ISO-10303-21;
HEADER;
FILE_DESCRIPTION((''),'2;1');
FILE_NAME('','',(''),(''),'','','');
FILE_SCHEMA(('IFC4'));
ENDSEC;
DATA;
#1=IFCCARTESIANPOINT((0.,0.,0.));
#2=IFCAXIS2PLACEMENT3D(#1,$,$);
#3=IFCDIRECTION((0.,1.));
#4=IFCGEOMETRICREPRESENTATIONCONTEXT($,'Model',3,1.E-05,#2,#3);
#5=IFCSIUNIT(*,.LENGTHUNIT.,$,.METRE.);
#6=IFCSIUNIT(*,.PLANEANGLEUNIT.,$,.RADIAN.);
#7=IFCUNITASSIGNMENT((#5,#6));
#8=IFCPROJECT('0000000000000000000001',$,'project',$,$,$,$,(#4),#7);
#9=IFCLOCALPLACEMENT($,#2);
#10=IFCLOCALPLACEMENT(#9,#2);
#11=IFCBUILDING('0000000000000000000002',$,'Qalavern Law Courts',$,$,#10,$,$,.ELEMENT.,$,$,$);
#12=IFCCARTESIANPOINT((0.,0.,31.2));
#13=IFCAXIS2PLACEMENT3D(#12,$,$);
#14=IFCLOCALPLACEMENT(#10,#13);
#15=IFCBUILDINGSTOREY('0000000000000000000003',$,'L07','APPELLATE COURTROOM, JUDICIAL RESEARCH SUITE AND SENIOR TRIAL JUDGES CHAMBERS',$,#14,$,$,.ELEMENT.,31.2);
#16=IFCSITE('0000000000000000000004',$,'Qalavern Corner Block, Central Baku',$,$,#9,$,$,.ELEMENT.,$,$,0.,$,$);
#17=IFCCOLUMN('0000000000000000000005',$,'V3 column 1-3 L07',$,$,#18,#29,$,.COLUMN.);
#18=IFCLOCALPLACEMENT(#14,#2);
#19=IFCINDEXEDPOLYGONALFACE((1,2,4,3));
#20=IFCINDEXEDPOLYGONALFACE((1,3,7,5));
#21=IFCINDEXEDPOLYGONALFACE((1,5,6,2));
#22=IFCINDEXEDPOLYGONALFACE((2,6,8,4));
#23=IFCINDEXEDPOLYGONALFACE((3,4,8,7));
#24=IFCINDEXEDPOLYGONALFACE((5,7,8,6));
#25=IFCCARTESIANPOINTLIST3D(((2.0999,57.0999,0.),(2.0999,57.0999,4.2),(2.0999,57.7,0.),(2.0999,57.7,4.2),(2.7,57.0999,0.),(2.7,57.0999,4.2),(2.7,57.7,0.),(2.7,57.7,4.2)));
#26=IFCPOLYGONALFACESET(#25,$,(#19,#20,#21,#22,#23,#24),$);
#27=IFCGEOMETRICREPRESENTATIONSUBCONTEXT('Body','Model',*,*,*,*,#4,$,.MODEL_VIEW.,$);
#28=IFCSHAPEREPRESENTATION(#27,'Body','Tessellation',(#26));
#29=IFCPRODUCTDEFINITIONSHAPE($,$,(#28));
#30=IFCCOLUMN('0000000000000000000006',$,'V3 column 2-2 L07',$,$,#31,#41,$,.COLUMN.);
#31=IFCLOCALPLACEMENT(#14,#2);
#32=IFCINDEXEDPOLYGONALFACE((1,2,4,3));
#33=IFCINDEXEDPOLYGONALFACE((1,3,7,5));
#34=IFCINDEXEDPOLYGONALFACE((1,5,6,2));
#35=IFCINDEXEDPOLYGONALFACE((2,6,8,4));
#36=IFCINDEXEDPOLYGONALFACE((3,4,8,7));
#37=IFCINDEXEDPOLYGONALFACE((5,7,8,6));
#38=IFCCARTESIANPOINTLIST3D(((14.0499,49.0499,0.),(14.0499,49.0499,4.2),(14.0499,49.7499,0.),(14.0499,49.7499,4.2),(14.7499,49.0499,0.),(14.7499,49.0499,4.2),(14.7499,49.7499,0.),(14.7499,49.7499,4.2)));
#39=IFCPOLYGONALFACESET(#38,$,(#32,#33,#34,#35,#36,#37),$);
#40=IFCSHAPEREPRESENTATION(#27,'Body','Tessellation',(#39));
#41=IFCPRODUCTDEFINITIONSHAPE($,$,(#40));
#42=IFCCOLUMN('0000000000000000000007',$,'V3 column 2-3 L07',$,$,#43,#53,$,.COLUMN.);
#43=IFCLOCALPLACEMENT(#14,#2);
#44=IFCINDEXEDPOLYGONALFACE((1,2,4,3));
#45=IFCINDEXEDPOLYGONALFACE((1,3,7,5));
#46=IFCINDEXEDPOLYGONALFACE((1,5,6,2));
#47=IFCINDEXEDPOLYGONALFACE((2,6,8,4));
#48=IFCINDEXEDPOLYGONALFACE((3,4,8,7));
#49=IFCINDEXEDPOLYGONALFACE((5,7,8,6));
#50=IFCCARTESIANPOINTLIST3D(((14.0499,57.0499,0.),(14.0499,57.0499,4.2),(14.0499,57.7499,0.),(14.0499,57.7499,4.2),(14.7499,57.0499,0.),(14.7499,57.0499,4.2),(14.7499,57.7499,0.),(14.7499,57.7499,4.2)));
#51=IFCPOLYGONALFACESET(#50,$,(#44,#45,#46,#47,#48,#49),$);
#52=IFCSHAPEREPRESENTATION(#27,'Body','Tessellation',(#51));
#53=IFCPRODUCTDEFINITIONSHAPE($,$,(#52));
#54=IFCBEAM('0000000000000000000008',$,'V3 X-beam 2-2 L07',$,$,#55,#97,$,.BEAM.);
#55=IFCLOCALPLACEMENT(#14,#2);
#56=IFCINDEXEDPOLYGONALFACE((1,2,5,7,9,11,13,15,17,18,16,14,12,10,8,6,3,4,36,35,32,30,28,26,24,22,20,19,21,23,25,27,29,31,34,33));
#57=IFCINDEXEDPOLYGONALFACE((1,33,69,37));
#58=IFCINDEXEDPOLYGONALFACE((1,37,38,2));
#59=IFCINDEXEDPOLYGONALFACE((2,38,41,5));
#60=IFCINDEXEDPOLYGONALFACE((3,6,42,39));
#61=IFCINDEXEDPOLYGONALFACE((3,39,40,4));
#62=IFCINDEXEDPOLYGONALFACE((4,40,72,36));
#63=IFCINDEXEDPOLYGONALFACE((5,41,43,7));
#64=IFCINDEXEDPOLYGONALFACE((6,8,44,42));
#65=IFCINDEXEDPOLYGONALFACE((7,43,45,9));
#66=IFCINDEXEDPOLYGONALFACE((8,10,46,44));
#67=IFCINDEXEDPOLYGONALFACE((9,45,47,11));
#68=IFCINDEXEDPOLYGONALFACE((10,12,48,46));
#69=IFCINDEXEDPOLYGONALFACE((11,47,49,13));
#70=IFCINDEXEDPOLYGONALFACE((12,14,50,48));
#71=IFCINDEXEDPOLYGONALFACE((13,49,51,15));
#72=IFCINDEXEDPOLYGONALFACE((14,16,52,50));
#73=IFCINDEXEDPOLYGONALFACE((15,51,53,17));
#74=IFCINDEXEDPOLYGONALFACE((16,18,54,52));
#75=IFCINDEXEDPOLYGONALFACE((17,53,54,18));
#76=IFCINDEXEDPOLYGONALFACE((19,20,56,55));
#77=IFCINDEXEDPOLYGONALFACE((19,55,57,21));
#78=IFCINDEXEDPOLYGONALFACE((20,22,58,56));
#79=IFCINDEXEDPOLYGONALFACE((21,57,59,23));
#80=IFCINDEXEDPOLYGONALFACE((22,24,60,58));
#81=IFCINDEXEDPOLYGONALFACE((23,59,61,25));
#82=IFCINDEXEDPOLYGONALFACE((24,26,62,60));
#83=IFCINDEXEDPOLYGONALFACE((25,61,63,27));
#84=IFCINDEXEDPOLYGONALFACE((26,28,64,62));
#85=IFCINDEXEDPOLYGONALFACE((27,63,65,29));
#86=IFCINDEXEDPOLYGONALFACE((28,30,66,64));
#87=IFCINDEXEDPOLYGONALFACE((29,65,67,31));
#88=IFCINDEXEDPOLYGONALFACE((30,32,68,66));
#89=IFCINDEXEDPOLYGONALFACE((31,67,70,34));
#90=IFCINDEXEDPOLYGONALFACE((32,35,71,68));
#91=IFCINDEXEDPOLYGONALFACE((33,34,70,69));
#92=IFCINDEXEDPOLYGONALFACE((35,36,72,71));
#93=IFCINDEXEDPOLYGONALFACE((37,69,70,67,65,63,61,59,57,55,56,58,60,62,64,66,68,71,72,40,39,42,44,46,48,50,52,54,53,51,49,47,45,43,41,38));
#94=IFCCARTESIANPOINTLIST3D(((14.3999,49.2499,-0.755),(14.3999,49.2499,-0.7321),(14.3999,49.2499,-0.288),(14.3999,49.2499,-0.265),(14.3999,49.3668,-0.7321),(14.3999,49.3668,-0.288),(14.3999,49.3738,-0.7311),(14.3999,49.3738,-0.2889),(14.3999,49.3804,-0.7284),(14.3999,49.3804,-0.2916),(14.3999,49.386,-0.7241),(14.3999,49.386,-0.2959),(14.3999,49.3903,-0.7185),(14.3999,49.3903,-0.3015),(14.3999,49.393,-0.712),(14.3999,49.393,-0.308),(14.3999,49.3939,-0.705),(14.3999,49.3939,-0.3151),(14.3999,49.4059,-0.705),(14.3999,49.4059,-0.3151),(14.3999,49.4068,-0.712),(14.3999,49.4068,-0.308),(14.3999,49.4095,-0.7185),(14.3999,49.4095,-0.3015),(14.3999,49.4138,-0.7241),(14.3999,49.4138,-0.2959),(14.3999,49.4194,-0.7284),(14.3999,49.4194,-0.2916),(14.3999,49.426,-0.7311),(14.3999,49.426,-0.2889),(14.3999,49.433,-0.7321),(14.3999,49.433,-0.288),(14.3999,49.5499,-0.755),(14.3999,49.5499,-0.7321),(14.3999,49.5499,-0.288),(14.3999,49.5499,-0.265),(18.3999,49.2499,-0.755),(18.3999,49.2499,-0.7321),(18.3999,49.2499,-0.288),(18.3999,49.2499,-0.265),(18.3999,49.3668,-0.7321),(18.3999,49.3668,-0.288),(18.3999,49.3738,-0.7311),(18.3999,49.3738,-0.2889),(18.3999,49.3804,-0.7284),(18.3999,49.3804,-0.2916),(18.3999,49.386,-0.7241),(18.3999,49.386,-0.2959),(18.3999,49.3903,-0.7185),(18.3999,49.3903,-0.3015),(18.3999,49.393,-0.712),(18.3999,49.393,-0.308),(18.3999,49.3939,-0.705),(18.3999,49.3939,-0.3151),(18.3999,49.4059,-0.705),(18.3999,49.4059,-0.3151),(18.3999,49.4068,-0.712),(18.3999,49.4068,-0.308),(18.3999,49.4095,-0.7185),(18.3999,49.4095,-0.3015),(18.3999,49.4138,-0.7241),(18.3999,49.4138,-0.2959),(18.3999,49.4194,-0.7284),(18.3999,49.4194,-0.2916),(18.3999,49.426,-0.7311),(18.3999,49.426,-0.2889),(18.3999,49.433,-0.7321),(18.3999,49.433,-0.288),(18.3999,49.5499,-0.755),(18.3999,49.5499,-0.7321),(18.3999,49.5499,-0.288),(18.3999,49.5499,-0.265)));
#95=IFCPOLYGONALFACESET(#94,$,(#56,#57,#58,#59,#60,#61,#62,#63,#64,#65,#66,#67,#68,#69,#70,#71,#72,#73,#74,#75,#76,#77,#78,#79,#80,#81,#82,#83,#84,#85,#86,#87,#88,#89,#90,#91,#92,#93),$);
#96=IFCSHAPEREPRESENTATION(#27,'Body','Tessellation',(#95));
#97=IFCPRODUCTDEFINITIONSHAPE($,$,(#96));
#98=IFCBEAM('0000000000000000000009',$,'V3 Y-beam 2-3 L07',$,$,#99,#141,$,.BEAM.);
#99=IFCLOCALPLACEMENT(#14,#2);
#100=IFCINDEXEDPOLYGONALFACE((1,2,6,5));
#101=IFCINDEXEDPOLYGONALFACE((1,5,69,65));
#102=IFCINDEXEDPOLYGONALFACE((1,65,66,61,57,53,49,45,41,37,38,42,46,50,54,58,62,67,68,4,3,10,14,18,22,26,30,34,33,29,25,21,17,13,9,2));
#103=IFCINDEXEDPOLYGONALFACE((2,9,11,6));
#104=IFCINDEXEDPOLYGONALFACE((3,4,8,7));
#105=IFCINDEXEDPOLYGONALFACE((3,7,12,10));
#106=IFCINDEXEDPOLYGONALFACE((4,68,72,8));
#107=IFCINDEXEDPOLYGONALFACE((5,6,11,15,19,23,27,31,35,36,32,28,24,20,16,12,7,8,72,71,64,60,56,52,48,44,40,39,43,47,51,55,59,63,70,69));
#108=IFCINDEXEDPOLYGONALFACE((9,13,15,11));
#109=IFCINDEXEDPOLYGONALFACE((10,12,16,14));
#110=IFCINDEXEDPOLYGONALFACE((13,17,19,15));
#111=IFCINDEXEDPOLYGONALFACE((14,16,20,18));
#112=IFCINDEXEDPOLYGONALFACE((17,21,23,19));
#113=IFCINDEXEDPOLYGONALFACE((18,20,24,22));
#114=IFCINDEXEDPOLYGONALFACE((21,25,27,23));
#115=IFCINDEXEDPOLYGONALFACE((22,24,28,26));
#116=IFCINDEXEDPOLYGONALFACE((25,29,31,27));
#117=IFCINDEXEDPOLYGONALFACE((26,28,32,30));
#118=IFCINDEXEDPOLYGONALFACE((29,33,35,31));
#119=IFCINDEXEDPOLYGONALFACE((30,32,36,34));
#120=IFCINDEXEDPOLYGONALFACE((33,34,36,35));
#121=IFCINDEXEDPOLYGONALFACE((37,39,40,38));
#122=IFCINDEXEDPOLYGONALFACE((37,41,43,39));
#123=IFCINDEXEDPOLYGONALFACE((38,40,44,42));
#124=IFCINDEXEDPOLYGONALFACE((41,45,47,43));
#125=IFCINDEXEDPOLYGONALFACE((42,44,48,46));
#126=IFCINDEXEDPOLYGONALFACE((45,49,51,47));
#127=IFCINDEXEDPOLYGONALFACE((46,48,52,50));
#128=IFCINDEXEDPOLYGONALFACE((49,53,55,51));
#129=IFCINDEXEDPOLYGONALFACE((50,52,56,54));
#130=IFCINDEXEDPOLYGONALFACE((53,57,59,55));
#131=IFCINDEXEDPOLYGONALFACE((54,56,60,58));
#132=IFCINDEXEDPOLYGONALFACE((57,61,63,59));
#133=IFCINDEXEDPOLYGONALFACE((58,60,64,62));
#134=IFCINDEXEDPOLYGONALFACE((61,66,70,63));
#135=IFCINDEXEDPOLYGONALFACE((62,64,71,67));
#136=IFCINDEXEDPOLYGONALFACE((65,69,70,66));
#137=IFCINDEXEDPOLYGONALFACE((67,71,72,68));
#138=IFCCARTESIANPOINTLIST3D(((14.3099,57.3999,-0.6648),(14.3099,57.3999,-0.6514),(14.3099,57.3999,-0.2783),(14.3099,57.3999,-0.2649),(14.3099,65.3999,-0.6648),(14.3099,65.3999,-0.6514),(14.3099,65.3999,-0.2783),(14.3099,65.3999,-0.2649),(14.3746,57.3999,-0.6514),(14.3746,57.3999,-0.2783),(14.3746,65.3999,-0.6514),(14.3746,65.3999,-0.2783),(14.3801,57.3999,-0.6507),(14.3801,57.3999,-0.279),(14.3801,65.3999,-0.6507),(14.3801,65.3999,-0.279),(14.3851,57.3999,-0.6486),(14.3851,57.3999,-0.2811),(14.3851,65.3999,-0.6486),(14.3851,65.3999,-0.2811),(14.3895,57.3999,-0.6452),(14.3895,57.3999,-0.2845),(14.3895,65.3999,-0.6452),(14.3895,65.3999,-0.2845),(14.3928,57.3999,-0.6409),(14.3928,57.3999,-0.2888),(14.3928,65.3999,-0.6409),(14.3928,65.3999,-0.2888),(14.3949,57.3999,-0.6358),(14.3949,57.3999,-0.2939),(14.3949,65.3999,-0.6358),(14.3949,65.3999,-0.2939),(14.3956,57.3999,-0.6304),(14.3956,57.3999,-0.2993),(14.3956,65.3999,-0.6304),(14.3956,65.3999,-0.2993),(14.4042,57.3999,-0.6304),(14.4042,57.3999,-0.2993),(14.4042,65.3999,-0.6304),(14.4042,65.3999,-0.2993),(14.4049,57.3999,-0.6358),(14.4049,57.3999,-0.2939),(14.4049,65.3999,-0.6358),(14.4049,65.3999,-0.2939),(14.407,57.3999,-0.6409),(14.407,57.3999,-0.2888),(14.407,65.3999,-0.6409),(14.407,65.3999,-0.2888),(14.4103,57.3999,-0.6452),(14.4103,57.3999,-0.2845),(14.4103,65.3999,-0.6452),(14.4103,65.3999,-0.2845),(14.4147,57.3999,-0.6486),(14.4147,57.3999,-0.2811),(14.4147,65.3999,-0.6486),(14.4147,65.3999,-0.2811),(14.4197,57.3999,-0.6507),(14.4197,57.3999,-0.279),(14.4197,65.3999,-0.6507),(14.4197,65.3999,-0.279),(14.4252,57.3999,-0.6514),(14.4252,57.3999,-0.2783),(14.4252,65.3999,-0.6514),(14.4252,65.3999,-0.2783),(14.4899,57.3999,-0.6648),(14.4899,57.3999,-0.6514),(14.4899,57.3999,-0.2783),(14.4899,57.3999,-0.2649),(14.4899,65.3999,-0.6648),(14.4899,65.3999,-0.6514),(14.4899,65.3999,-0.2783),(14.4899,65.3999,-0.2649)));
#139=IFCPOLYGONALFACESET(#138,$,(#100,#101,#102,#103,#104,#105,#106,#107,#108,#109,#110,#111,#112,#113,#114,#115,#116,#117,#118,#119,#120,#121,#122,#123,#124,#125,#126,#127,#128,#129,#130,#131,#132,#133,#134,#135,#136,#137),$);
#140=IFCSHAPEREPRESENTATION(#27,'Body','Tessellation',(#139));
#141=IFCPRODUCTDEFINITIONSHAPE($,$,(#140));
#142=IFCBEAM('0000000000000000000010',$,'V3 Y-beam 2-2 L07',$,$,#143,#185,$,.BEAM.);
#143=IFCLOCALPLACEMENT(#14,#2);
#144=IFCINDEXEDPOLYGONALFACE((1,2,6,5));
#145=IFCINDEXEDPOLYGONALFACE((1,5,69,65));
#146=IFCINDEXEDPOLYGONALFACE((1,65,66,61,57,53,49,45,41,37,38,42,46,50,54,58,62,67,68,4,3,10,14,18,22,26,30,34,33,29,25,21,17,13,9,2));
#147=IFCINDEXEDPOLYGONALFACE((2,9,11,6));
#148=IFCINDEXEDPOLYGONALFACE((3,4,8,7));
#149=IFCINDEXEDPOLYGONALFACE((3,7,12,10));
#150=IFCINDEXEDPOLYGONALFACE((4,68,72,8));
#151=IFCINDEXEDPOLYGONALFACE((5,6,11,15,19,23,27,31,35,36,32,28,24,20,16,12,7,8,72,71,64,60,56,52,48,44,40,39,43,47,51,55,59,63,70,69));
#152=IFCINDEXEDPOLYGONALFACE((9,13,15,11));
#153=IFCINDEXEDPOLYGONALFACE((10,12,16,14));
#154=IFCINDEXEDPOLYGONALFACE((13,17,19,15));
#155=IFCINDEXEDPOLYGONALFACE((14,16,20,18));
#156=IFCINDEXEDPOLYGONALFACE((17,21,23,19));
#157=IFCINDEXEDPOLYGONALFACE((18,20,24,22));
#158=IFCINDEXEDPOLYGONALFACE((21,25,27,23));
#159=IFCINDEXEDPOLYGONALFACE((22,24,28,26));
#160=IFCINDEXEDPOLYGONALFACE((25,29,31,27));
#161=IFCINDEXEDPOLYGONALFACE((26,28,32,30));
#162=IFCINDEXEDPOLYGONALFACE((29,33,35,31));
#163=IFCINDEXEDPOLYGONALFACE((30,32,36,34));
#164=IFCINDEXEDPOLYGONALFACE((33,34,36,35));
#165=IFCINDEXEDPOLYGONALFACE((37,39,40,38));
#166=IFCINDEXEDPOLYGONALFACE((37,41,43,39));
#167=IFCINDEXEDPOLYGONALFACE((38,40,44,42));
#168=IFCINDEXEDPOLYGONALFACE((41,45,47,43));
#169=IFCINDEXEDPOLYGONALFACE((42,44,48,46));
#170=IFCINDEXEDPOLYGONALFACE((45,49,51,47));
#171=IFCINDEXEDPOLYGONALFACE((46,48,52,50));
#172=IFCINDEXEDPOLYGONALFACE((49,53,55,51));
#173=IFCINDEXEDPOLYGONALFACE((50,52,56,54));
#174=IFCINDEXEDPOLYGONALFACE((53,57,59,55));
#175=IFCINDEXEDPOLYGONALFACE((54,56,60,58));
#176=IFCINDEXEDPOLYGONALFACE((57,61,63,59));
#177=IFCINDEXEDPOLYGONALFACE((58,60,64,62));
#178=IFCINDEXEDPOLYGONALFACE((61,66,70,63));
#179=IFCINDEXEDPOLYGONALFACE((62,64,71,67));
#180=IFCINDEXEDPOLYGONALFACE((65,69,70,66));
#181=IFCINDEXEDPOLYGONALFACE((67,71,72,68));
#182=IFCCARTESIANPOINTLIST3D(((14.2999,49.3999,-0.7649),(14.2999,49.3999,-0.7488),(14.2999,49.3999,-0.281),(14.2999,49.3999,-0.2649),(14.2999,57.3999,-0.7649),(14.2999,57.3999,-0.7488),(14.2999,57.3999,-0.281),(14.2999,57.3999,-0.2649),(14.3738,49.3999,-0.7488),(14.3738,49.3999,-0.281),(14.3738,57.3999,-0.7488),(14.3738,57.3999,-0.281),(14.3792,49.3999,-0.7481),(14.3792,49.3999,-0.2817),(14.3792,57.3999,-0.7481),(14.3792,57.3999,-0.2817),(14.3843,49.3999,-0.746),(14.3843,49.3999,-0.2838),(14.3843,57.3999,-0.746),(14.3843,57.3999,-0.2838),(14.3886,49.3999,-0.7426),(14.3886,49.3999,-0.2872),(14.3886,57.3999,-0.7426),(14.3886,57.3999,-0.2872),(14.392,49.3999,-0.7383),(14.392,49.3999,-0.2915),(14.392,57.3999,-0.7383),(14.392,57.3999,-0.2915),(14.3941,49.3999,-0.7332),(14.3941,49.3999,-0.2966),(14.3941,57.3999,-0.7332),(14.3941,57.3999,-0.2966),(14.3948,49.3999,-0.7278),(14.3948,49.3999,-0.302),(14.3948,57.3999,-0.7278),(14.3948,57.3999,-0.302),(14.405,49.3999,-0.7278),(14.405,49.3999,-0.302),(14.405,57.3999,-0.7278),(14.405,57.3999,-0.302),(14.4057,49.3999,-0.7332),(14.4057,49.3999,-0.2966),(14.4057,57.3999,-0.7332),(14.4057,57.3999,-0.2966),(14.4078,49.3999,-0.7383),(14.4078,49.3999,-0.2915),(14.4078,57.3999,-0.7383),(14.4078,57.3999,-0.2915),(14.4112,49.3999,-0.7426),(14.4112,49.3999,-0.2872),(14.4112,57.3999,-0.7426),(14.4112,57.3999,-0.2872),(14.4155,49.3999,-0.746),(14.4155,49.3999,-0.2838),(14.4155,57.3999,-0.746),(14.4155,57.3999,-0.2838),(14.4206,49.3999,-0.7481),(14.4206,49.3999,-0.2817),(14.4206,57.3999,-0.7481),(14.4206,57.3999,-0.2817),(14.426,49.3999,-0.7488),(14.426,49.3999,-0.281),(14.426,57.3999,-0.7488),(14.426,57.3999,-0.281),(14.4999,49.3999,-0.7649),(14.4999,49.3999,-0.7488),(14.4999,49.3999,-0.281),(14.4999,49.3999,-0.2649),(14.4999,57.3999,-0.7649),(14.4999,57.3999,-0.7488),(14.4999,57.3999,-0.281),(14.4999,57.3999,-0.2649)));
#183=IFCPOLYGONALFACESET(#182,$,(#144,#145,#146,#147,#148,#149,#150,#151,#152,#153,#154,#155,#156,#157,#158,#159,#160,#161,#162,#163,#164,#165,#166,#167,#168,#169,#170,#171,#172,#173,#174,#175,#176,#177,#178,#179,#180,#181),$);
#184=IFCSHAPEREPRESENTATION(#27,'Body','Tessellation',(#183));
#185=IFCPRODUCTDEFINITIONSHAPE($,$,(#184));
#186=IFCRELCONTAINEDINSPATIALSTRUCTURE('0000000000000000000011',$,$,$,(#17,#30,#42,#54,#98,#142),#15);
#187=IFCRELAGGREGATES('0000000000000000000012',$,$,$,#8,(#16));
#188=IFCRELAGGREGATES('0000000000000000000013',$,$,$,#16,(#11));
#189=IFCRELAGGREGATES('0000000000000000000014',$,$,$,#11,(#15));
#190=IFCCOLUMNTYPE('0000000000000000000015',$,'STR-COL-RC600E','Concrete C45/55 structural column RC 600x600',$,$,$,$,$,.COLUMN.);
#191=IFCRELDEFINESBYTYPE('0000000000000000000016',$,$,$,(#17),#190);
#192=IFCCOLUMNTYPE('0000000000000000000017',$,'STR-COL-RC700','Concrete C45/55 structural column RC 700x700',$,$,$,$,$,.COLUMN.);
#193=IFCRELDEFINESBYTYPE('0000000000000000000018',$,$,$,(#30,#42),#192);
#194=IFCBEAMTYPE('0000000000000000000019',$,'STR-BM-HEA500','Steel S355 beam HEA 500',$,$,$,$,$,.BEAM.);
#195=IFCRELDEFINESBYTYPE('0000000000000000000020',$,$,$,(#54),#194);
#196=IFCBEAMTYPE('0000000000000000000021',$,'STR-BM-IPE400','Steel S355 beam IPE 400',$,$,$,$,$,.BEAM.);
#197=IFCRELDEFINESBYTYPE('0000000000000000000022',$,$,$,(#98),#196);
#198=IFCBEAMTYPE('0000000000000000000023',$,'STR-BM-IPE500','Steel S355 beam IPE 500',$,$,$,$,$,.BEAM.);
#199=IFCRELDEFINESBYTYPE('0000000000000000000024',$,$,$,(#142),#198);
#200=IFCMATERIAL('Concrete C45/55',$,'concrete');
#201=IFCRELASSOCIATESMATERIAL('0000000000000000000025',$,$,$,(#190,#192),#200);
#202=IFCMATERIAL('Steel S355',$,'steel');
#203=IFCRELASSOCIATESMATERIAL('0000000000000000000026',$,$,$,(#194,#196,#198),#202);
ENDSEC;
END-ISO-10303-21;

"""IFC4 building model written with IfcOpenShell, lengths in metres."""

from ifc_helpers import new_model, si_unit, direction, frame, origin, origin_2d, place, context, subcontext, project, spatial, rectangle, i_section, extrude, material, material_profile, profile_set, type_object, element, save


model = new_model("IFC4")

# Units and contexts
model_context = context("Model", 3, precision=1e-05, world=origin(), true_north=direction((0.0, 1.0)))
body_context = subcontext(model_context, "Body", "Model", "MODEL_VIEW")
ifc_project = project(units=[si_unit("LENGTHUNIT", "METRE"), si_unit("PLANEANGLEUNIT", "RADIAN")], contexts=[model_context])

# Site, building, storey
site_placement = place(None, origin())
site = spatial("IfcSite", under=ifc_project, at=site_placement, Name="Qalavern Corner Block, Central Baku", CompositionType="ELEMENT", RefElevation=0.0)
building_placement = place(site_placement, origin())
building = spatial("IfcBuilding", under=site, at=building_placement, Name="Qalavern Law Courts", CompositionType="ELEMENT")
storey_placement = place(building_placement, frame((0.0, 0.0, 31.2)))
storey = spatial("IfcBuildingStorey", under=building, at=storey_placement, Name="L07", Description="APPELLATE COURTROOM, JUDICIAL RESEARCH SUITE AND SENIOR TRIAL JUDGES CHAMBERS", CompositionType="ELEMENT", Elevation=31.2)

# Columns
ifc_material_1 = material(Name="Concrete C45/55", Category="concrete")
ifc_material_profile_1 = material_profile(ifc_material_1, rectangle(XDim=0.6001, YDim=0.6001, at=origin_2d()), Name="RC 600x600")
ifc_profile_set_1 = profile_set([ifc_material_profile_1], Name="Concrete C45/55")
column_type_1 = type_object("IfcColumnType", Name="STR-COL-RC600E", Description="Concrete C45/55 structural column RC 600x600", PredefinedType="COLUMN", material=ifc_profile_set_1)
column_placement = place(storey_placement, frame((2.3999, 57.3999, 0.0), z_axis=(0.0, 0.0, 1.0), x_axis=(1.0, 0.0, 0.0)))
element("IfcColumn", 1, at=column_placement, inside=storey, type_object=column_type_1, Name="V3 column 1-3 L07", PredefinedType="COLUMN", context=body_context, shape_type="SweptSolid", body=[
    extrude(rectangle(XDim=0.6001, YDim=0.6001, at=origin_2d()), origin(), (0.0, 0.0, 1.0), 4.2),
])
ifc_material_profile_2 = material_profile(ifc_material_1, rectangle(XDim=0.7, YDim=0.7, at=origin_2d()), Name="RC 700x700")
ifc_profile_set_2 = profile_set([ifc_material_profile_2], Name="Concrete C45/55")
column_type_2 = type_object("IfcColumnType", Name="STR-COL-RC700", Description="Concrete C45/55 structural column RC 700x700", PredefinedType="COLUMN", material=ifc_profile_set_2)
for number, where, z_axis, x_axis, name in (
    (2, (14.3999, 49.3999, 0.0), (0.0, 0.0, 1.0), (1.0, 0.0, 0.0), "V3 column 2-2 L07"),
    (3, (14.3999, 57.3999, 0.0), (0.0, 0.0, 1.0), (1.0, 0.0, 0.0), "V3 column 2-3 L07"),
):
    element("IfcColumn", number, at=place(storey_placement, frame(where, z_axis=z_axis, x_axis=x_axis)), inside=storey, type_object=column_type_2, Name=name, PredefinedType="COLUMN", context=body_context, shape_type="SweptSolid", body=[
        extrude(rectangle(XDim=0.7, YDim=0.7, at=origin_2d()), origin(), (0.0, 0.0, 1.0), 4.2),
    ])

# Beams
ifc_material_2 = material(Name="Steel S355", Category="steel")
ifc_material_profile_3 = material_profile(ifc_material_2, i_section(OverallWidth=0.3, OverallDepth=0.49, WebThickness=0.012, FlangeThickness=0.0229, FilletRadius=0.0271, at=origin_2d()), Name="HEA 500")
ifc_profile_set_3 = profile_set([ifc_material_profile_3], Name="Steel S355")
beam_type_1 = type_object("IfcBeamType", Name="STR-BM-HEA500", Description="Steel S355 beam HEA 500", PredefinedType="BEAM", material=ifc_profile_set_3)
beam_1_placement = place(storey_placement, frame((14.3999, 49.3999, -0.51), z_axis=(1.0, 0.0, 0.0), x_axis=(0.0, 1.0, 0.0)))
element("IfcBeam", 4, at=beam_1_placement, inside=storey, type_object=beam_type_1, Name="V3 X-beam 2-2 L07", PredefinedType="BEAM", context=body_context, shape_type="SweptSolid", body=[
    extrude(i_section(OverallWidth=0.3, OverallDepth=0.49, WebThickness=0.012, FlangeThickness=0.0229, FilletRadius=0.0271, at=origin_2d()), origin(), (0.0, 0.0, 1.0), 4.0),
])
ifc_material_profile_4 = material_profile(ifc_material_2, i_section(OverallWidth=0.1799, OverallDepth=0.3999, WebThickness=0.0085, FlangeThickness=0.0134, FilletRadius=0.021, at=origin_2d()), Name="IPE 400")
ifc_profile_set_4 = profile_set([ifc_material_profile_4], Name="Steel S355")
beam_type_2 = type_object("IfcBeamType", Name="STR-BM-IPE400", Description="Steel S355 beam IPE 400", PredefinedType="BEAM", material=ifc_profile_set_4)
beam_2_placement = place(storey_placement, frame((14.3999, 57.3999, -0.4648), z_axis=(0.0, 1.0, 0.0), x_axis=(-1.0, 0.0, 0.0)))
element("IfcBeam", 5, at=beam_2_placement, inside=storey, type_object=beam_type_2, Name="V3 Y-beam 2-3 L07", PredefinedType="BEAM", context=body_context, shape_type="SweptSolid", body=[
    extrude(i_section(OverallWidth=0.1799, OverallDepth=0.3999, WebThickness=0.0085, FlangeThickness=0.0134, FilletRadius=0.021, at=origin_2d()), origin(), (0.0, 0.0, 1.0), 8.0),
])
ifc_material_profile_5 = material_profile(ifc_material_2, i_section(OverallWidth=0.2, OverallDepth=0.5, WebThickness=0.0103, FlangeThickness=0.0161, FilletRadius=0.021, at=origin_2d()), Name="IPE 500")
ifc_profile_set_5 = profile_set([ifc_material_profile_5], Name="Steel S355")
beam_type_3 = type_object("IfcBeamType", Name="STR-BM-IPE500", Description="Steel S355 beam IPE 500", PredefinedType="BEAM", material=ifc_profile_set_5)
beam_3_placement = place(storey_placement, frame((14.3999, 49.3999, -0.5149), z_axis=(0.0, 1.0, 0.0), x_axis=(-1.0, 0.0, 0.0)))
element("IfcBeam", 6, at=beam_3_placement, inside=storey, type_object=beam_type_3, Name="V3 Y-beam 2-2 L07", PredefinedType="BEAM", context=body_context, shape_type="SweptSolid", body=[
    extrude(i_section(OverallWidth=0.2, OverallDepth=0.5, WebThickness=0.0103, FlangeThickness=0.0161, FilletRadius=0.021, at=origin_2d()), origin(), (0.0, 0.0, 1.0), 8.0),
])

save(model, "model.ifc")
